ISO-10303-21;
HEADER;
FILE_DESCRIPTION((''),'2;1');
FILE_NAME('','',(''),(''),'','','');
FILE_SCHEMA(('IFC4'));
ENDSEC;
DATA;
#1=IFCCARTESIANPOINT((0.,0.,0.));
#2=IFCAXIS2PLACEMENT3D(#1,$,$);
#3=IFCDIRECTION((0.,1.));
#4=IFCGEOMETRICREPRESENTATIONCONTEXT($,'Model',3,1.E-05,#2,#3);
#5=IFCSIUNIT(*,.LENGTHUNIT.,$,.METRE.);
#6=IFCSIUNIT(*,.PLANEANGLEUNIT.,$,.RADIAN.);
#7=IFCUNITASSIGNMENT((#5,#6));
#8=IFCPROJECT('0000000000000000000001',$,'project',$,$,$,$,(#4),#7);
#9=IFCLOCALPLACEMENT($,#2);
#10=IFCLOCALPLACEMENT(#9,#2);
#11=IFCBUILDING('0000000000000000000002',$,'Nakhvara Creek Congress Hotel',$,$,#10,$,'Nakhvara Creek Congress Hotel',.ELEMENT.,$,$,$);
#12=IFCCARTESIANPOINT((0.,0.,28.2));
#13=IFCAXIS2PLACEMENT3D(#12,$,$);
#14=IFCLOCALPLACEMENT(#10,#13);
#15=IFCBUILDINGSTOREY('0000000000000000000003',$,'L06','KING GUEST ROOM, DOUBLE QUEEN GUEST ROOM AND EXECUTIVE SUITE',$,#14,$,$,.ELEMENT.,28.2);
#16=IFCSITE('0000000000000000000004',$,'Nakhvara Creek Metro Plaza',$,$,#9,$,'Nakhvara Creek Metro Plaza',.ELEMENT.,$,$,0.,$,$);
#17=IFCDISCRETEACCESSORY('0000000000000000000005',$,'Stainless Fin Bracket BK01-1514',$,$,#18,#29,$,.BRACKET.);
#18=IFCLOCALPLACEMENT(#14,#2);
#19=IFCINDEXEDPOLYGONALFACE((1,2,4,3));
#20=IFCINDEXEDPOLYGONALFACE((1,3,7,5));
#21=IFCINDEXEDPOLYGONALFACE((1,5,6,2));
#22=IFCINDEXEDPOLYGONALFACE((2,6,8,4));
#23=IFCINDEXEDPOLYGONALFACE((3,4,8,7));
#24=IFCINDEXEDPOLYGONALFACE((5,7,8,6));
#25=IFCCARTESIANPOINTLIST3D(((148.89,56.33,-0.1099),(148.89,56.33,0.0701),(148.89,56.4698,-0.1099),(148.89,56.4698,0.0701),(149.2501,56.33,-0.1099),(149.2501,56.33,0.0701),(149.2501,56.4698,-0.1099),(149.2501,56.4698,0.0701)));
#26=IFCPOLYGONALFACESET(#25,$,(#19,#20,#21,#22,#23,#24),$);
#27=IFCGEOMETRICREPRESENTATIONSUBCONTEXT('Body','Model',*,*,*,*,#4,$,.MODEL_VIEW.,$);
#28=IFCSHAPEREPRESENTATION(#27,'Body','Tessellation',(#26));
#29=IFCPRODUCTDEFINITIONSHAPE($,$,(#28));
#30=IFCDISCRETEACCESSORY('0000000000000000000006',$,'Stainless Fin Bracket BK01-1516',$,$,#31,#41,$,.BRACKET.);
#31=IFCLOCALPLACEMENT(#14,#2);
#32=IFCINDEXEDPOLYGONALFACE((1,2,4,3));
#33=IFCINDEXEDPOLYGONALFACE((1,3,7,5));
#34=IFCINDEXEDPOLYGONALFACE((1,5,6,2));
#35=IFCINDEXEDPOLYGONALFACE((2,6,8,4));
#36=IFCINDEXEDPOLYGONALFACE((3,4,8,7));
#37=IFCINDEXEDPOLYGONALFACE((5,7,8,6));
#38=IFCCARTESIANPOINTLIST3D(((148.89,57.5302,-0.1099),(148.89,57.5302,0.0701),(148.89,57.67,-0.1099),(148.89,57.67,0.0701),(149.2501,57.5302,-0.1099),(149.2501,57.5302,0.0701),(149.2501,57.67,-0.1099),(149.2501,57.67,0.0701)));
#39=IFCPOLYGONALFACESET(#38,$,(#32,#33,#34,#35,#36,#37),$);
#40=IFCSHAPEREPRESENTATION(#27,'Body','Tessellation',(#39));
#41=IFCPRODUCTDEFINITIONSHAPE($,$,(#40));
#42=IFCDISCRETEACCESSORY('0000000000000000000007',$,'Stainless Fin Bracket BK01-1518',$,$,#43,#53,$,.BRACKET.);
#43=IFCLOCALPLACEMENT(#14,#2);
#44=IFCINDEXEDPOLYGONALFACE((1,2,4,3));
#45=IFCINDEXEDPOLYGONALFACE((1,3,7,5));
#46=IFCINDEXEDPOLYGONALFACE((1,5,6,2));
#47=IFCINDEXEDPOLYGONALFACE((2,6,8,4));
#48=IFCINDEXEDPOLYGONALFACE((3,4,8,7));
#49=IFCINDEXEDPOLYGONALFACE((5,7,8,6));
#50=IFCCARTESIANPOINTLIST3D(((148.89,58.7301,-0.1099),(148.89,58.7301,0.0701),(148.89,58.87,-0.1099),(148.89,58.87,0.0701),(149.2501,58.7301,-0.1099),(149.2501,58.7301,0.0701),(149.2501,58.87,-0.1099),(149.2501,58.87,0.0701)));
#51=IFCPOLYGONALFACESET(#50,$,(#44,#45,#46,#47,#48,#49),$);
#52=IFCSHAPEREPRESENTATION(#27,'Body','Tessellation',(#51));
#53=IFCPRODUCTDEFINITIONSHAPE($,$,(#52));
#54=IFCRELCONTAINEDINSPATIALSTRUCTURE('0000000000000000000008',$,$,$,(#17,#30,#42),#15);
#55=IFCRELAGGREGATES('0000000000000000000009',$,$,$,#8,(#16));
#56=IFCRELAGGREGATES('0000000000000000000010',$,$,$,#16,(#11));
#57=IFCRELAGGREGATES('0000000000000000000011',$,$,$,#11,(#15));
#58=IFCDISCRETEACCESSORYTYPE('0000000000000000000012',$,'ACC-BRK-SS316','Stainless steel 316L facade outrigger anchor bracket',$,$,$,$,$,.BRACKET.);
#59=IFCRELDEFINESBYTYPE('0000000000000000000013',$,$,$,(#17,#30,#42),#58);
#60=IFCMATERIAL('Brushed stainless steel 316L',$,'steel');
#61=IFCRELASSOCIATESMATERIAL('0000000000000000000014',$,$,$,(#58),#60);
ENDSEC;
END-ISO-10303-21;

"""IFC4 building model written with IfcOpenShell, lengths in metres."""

from ifc_helpers import new_model, si_unit, direction, frame, origin, origin_2d, place, context, subcontext, project, spatial, rectangle, extrude, material, type_object, element, save


model = new_model("IFC4")

# Units and contexts
model_context = context("Model", 3, precision=1e-05, world=origin(), true_north=direction((0.0, 1.0)))
body_context = subcontext(model_context, "Body", "Model", "MODEL_VIEW")
ifc_project = project(units=[si_unit("LENGTHUNIT", "METRE"), si_unit("PLANEANGLEUNIT", "RADIAN")], contexts=[model_context])

# Site, building, storey
site_placement = place(None, origin())
site = spatial("IfcSite", under=ifc_project, at=site_placement, Name="Nakhvara Creek Metro Plaza", LongName="Nakhvara Creek Metro Plaza", CompositionType="ELEMENT", RefElevation=0.0)
building_placement = place(site_placement, origin())
building = spatial("IfcBuilding", under=site, at=building_placement, Name="Nakhvara Creek Congress Hotel", LongName="Nakhvara Creek Congress Hotel", CompositionType="ELEMENT")
storey_placement = place(building_placement, frame((0.0, 0.0, 28.2)))
storey = spatial("IfcBuildingStorey", under=building, at=storey_placement, Name="L06", Description="KING GUEST ROOM, DOUBLE QUEEN GUEST ROOM AND EXECUTIVE SUITE", CompositionType="ELEMENT", Elevation=28.2)

# Discrete accessories
ifc_material_1 = material(Name="Brushed stainless steel 316L", Category="steel")
discrete_accessory_type = type_object("IfcDiscreteAccessoryType", Name="ACC-BRK-SS316", Description="Stainless steel 316L facade outrigger anchor bracket", PredefinedType="BRACKET", material=ifc_material_1)
for number, where, z_axis, x_axis, name in (
    (1, (149.0701, 56.3999, -0.1099), (0.0, 0.0, 1.0), (0.0, 1.0, 0.0), "Stainless Fin Bracket BK01-1514"),
    (2, (149.0701, 57.6001, -0.1099), (0.0, 0.0, 1.0), (0.0, 1.0, 0.0), "Stainless Fin Bracket BK01-1516"),
    (3, (149.0701, 58.8, -0.1099), (0.0, 0.0, 1.0), (0.0, 1.0, 0.0), "Stainless Fin Bracket BK01-1518"),
):
    element("IfcDiscreteAccessory", number, at=place(storey_placement, frame(where, z_axis=z_axis, x_axis=x_axis)), inside=storey, type_object=discrete_accessory_type, Name=name, PredefinedType="BRACKET", context=body_context, shape_type="SweptSolid", body=[
        extrude(rectangle(XDim=0.1399, YDim=0.3601, at=origin_2d()), origin(), (0.0, 0.0, 1.0), 0.1799),
    ])

save(model, "model.ifc")
